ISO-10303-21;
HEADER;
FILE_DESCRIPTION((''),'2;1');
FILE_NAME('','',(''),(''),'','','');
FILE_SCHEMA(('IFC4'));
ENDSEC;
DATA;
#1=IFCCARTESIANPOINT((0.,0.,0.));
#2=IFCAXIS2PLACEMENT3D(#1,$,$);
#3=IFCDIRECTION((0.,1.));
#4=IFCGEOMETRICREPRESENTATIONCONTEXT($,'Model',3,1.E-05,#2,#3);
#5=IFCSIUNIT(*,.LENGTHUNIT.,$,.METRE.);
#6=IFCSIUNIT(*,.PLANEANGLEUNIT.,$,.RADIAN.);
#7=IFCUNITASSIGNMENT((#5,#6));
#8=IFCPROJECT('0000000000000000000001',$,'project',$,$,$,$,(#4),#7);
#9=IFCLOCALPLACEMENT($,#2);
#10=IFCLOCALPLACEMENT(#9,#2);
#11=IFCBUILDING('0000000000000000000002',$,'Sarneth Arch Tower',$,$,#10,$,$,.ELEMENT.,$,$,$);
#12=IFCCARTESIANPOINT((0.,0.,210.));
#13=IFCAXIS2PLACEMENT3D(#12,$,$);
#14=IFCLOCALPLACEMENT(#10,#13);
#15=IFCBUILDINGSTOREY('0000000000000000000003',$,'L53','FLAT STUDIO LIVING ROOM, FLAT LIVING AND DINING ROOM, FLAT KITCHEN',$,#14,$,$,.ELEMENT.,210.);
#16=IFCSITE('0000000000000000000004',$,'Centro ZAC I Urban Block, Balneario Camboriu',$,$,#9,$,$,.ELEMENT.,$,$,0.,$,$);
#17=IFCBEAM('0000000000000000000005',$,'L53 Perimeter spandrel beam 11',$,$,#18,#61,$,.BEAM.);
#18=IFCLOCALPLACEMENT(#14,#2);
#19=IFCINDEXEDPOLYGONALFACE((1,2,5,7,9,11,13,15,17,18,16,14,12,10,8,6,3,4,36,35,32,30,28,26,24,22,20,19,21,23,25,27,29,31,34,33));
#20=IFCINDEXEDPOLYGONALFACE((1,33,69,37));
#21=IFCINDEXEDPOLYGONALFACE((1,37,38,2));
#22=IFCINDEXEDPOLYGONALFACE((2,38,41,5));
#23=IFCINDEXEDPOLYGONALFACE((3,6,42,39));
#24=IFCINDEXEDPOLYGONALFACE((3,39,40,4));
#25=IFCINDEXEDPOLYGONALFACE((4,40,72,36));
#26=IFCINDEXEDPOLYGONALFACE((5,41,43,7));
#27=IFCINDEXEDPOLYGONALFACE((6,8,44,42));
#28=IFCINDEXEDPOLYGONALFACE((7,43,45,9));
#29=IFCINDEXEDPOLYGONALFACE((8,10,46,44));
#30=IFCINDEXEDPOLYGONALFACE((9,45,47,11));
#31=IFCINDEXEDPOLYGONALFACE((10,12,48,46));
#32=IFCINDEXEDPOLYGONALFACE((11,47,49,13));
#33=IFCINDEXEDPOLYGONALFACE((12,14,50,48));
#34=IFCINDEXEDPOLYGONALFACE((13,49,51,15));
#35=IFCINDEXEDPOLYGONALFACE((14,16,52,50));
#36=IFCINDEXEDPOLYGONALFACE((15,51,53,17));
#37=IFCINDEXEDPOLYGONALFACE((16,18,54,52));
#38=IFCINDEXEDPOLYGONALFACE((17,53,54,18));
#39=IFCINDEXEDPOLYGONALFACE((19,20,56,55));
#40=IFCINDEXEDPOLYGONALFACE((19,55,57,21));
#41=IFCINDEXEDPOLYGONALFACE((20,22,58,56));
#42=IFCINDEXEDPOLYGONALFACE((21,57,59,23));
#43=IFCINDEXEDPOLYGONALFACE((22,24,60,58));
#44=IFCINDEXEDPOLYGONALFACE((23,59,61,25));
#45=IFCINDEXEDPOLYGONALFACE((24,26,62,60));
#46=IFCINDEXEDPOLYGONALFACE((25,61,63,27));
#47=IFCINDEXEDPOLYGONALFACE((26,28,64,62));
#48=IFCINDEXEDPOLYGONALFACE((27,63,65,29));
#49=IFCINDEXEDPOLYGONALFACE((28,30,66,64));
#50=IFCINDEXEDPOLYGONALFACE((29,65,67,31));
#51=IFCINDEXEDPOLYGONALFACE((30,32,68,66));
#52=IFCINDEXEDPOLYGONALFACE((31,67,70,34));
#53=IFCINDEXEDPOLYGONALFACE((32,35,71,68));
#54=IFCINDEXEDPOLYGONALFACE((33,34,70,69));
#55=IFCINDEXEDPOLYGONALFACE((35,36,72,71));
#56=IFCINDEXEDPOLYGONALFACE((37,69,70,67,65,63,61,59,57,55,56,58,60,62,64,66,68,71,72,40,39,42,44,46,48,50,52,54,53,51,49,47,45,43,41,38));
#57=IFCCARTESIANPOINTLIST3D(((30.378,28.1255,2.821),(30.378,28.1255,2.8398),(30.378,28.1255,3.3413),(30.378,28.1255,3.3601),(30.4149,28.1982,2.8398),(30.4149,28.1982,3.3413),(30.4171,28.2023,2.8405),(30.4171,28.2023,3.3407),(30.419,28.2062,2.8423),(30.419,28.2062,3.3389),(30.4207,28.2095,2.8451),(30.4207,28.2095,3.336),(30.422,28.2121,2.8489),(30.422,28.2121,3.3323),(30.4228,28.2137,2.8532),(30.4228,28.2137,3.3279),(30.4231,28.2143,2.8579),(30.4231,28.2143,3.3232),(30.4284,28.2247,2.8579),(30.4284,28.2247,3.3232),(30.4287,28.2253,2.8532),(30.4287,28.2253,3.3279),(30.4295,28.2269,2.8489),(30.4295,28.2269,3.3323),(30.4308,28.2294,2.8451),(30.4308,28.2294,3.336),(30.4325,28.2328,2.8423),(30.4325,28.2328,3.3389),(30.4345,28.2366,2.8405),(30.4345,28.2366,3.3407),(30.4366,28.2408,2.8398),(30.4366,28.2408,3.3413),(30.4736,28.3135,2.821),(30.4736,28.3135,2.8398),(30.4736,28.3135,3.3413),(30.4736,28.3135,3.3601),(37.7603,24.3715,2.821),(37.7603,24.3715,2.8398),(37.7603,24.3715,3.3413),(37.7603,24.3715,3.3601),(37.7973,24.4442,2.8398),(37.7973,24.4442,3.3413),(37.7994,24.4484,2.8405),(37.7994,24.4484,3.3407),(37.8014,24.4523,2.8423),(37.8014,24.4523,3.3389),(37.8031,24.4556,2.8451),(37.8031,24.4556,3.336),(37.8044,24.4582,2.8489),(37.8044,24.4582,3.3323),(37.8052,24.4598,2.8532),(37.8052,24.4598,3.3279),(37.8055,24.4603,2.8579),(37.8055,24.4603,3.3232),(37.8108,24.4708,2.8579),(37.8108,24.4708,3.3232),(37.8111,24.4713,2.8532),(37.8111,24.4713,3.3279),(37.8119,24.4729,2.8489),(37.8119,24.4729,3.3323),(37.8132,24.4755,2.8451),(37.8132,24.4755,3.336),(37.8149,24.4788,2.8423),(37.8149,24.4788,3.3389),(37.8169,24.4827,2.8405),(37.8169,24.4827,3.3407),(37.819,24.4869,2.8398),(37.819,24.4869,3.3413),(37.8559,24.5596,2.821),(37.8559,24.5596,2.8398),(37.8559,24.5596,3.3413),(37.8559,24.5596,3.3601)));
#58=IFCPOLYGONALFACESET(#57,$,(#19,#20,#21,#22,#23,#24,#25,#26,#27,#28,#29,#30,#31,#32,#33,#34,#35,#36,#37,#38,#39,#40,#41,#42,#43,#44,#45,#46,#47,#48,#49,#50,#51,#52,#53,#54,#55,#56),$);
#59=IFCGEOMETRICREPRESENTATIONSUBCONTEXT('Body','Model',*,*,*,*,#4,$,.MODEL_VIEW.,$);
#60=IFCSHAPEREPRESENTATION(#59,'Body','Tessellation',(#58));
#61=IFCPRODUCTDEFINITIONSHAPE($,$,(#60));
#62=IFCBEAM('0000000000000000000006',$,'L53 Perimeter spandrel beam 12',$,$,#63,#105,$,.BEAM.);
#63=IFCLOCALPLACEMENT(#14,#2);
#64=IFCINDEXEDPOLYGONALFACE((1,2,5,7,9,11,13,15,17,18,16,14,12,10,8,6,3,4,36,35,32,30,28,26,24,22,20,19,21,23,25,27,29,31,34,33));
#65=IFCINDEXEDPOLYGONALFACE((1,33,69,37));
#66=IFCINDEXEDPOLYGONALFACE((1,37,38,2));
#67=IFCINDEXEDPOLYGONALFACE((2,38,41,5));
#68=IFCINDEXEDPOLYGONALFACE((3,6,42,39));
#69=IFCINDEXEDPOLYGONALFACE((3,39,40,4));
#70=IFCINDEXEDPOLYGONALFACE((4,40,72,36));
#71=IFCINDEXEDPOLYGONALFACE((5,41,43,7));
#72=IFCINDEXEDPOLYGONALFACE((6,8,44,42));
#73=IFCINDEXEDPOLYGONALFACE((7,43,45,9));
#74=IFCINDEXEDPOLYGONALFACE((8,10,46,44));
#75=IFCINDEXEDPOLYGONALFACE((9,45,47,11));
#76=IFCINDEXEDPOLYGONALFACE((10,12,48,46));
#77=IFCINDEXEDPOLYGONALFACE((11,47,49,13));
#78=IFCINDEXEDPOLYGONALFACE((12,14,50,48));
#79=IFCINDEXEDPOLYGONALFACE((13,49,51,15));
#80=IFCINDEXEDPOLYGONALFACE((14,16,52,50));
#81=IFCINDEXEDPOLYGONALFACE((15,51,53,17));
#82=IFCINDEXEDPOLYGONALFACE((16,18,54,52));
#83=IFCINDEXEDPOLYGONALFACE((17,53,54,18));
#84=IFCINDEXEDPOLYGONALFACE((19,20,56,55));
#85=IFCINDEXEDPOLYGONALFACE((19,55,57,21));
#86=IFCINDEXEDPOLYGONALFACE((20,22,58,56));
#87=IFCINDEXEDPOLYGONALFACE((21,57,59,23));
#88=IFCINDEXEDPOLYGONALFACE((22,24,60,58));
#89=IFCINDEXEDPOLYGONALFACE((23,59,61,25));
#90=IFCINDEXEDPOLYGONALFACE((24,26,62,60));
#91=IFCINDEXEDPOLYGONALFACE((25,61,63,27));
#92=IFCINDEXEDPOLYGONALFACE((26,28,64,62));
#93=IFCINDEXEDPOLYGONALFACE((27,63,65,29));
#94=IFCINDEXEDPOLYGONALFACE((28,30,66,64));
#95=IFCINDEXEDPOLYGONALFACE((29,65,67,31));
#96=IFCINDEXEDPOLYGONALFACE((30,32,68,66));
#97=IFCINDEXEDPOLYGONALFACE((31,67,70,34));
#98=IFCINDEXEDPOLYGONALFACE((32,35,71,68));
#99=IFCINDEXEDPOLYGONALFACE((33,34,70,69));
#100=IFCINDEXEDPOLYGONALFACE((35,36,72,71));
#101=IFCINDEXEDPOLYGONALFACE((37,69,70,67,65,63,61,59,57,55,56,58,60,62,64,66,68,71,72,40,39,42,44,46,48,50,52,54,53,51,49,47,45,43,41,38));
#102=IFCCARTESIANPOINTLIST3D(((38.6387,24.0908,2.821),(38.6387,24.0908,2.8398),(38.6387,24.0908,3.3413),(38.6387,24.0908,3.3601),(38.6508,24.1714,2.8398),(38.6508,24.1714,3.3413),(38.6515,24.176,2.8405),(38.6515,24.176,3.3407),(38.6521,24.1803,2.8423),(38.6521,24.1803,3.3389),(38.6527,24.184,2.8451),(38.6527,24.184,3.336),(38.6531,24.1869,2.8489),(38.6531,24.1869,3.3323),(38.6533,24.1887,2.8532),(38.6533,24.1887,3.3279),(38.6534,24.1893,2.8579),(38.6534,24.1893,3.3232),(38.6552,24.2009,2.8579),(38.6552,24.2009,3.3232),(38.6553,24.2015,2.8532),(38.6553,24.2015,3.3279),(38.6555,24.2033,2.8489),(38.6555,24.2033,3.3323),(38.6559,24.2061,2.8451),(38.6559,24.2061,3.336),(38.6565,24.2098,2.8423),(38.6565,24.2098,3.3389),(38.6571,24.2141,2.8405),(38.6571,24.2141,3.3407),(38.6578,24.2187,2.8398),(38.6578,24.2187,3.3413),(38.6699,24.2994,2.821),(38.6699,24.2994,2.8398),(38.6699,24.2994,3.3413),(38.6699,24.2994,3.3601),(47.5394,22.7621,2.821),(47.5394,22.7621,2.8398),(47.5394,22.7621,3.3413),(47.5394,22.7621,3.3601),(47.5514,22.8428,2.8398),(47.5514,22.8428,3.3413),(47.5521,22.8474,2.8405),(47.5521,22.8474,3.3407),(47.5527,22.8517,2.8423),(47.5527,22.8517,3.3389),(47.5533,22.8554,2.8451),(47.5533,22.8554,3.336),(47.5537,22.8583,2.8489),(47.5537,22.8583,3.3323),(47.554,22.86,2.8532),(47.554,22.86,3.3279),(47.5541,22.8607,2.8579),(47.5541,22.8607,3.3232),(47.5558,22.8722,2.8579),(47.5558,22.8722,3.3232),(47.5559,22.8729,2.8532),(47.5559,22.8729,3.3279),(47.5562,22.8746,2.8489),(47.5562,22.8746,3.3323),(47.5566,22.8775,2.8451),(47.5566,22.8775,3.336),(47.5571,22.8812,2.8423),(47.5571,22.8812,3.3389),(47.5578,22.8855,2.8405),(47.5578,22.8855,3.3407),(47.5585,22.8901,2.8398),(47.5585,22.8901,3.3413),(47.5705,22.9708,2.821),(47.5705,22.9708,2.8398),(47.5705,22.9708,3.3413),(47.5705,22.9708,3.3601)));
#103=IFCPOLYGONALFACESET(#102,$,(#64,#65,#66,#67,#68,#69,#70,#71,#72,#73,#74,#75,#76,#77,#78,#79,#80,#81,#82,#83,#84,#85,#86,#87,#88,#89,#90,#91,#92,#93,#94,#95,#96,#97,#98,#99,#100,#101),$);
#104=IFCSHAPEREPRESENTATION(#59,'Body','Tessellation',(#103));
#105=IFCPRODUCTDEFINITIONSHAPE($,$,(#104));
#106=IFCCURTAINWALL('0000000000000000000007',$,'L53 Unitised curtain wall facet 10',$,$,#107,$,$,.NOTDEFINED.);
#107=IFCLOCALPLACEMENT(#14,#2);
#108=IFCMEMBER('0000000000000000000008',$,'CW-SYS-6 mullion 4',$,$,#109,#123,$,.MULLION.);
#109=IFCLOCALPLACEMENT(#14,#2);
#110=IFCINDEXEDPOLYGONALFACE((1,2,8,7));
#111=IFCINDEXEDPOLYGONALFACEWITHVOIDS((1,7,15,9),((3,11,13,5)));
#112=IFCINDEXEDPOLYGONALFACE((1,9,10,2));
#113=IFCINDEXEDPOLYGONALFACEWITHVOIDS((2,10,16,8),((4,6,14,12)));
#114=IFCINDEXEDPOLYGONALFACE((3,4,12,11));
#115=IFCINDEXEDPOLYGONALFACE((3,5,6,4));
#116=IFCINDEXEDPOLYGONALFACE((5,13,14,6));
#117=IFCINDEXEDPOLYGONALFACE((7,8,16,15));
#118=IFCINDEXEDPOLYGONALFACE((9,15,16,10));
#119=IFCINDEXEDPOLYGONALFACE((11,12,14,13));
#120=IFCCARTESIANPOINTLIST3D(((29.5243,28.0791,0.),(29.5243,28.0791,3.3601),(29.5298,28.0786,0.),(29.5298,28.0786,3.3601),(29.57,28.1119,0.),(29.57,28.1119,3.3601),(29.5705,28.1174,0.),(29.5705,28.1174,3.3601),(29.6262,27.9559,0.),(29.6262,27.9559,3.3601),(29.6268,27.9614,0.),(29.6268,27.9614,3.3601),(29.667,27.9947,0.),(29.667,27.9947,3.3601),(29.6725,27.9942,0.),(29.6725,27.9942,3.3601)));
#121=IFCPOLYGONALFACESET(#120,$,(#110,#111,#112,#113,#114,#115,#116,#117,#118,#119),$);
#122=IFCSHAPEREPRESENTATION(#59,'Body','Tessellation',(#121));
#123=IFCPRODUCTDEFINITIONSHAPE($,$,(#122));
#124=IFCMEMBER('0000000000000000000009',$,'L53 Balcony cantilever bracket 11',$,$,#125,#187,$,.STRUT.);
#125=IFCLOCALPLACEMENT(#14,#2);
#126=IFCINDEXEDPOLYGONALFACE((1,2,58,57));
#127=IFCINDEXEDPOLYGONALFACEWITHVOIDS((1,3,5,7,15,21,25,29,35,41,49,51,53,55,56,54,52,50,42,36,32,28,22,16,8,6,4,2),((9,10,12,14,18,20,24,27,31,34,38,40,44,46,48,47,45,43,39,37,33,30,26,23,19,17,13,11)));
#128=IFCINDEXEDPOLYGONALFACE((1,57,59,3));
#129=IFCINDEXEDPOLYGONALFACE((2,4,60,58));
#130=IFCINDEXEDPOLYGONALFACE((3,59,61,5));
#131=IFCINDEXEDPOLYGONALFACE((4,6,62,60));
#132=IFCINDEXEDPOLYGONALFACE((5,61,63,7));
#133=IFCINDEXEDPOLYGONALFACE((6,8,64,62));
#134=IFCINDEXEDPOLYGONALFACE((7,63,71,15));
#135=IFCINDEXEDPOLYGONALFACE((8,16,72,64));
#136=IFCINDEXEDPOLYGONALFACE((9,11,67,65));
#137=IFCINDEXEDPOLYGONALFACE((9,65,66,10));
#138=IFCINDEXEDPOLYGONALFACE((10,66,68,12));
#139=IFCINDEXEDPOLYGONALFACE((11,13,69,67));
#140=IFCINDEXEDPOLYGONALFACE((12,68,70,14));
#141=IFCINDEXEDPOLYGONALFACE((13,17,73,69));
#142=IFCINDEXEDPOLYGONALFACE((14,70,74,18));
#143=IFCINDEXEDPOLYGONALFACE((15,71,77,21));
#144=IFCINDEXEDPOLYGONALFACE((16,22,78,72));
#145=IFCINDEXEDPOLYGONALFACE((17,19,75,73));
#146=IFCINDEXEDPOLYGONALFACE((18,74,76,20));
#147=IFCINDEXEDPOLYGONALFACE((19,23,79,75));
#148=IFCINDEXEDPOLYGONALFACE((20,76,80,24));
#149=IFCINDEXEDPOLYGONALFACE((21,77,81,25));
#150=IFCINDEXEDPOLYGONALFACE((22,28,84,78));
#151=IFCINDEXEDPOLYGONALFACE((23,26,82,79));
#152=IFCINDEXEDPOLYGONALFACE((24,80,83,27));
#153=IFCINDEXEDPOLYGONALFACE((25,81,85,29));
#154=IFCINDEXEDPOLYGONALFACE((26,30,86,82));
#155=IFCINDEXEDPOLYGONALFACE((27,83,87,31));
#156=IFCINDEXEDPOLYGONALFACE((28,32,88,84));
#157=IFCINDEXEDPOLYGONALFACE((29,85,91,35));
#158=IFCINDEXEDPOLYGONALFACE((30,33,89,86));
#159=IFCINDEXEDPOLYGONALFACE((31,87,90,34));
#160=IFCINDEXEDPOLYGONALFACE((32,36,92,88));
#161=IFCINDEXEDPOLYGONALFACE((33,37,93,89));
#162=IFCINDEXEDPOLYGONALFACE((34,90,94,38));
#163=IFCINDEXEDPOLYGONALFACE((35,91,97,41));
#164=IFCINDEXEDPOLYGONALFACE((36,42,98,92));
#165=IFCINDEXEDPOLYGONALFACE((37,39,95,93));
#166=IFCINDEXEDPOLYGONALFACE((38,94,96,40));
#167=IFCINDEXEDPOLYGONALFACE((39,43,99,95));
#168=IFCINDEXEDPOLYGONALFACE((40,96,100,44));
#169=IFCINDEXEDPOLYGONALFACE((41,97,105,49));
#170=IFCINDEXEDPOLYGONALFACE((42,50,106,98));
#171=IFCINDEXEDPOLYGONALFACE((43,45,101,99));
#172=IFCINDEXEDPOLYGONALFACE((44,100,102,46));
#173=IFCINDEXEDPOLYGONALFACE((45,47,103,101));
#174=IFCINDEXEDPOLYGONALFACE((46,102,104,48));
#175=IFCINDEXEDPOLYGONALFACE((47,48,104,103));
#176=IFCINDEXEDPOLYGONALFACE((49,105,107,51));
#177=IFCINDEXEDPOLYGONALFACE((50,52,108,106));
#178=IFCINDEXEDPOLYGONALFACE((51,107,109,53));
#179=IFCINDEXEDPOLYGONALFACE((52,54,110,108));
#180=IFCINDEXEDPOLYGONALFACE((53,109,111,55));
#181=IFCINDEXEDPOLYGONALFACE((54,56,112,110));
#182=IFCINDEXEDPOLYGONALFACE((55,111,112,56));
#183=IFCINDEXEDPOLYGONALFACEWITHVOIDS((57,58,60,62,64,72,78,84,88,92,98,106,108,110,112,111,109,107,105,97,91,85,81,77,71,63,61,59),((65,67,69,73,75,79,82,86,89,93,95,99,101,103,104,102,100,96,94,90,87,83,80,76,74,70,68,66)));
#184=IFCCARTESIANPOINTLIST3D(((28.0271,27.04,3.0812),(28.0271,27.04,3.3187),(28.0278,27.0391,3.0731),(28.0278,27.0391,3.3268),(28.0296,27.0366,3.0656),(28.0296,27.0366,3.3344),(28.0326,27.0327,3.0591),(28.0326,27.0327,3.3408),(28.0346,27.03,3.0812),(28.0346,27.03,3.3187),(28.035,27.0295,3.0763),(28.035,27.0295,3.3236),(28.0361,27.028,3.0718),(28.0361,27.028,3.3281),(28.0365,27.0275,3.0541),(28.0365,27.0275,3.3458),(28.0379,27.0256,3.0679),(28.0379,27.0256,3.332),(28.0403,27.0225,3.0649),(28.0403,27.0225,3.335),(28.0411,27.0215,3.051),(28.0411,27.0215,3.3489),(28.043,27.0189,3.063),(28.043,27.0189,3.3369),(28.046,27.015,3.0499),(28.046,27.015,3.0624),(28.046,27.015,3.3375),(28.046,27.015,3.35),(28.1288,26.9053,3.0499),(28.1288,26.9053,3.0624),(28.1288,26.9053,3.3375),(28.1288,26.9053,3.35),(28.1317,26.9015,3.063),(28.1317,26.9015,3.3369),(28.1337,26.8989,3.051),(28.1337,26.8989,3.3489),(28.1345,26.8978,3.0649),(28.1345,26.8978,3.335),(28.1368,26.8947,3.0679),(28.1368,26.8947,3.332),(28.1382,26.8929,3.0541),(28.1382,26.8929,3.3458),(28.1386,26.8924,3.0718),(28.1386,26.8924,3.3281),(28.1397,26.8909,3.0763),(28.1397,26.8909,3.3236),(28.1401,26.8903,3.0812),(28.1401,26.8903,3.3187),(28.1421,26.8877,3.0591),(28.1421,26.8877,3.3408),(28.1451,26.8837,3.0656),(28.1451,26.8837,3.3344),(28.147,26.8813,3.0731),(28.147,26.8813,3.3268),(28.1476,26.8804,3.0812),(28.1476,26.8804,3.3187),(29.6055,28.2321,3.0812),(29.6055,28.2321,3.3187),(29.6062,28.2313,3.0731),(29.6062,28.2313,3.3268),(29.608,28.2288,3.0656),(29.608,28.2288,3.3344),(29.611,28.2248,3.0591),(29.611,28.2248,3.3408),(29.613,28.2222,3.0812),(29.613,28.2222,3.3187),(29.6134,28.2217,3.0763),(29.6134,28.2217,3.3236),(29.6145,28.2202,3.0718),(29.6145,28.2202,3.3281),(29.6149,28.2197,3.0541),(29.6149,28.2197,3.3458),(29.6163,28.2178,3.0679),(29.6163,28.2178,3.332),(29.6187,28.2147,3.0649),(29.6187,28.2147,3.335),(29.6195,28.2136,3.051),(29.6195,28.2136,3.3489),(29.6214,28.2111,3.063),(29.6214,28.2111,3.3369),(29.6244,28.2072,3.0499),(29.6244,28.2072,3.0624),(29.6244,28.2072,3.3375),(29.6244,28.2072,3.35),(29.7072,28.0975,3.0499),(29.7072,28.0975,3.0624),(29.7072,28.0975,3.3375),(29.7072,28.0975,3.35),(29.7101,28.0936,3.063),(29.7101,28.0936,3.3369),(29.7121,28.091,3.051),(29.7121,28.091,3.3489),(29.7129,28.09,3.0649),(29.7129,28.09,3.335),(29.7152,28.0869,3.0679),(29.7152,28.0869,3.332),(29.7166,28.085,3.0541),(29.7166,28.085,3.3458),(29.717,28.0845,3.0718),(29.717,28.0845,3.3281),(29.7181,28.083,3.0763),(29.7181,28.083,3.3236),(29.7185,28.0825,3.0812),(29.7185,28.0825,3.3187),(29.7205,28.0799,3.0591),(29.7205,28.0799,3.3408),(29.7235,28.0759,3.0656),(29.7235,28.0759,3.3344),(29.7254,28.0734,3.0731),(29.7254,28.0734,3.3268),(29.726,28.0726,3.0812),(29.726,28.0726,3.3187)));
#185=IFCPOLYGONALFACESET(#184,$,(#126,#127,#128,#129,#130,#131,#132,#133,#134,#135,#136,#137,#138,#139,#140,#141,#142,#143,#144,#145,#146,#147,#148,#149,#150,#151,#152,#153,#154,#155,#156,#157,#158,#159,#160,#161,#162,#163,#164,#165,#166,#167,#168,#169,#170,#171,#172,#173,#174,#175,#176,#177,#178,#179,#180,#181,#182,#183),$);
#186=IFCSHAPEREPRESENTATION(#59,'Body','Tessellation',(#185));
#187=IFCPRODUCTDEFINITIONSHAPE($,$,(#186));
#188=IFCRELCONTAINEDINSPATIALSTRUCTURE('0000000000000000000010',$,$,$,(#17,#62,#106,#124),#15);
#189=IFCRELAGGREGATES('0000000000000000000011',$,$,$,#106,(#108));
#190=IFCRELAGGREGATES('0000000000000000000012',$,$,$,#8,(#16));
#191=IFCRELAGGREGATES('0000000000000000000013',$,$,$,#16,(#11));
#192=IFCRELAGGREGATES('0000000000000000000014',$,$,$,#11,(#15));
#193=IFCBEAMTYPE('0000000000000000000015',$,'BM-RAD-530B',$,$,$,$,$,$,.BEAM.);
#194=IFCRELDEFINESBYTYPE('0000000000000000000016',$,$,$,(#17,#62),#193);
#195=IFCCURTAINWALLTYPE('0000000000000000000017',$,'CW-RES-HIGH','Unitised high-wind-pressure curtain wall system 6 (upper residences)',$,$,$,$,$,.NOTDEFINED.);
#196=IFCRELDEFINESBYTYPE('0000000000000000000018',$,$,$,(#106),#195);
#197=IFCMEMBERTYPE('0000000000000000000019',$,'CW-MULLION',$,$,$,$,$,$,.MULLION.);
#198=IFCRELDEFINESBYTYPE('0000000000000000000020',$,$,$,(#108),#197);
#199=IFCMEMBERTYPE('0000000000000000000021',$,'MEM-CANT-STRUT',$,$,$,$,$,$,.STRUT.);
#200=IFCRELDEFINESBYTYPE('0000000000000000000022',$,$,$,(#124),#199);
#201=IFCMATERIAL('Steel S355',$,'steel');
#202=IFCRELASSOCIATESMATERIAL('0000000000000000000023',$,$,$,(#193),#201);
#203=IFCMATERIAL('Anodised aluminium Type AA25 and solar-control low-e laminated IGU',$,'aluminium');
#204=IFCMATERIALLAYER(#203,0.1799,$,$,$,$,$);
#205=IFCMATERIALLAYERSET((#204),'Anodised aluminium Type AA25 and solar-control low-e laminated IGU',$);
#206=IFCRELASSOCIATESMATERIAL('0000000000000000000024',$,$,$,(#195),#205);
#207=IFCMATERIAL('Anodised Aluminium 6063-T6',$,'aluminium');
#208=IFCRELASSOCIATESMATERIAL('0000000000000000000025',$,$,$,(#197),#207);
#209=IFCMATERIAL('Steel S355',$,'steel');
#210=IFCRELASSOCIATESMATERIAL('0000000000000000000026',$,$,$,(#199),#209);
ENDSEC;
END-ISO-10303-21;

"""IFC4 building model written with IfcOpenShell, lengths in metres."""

from ifc_helpers import new_model, si_unit, direction, frame, origin, origin_2d, place, context, subcontext, project, spatial, hollow_rectangle, i_section, extrude, material, layer, layer_set, material_profile, profile_set, type_object, element, aggregate, save


model = new_model("IFC4")

# Units and contexts
model_context = context("Model", 3, precision=1e-05, world=origin(), true_north=direction((0.0, 1.0)))
body_context = subcontext(model_context, "Body", "Model", "MODEL_VIEW")
ifc_project = project(units=[si_unit("LENGTHUNIT", "METRE"), si_unit("PLANEANGLEUNIT", "RADIAN")], contexts=[model_context])

# Site, building, storey
site_placement = place(None, origin())
site = spatial("IfcSite", under=ifc_project, at=site_placement, Name="Centro ZAC I Urban Block, Balneario Camboriu", CompositionType="ELEMENT", RefElevation=0.0)
building_placement = place(site_placement, origin())
building = spatial("IfcBuilding", under=site, at=building_placement, Name="Sarneth Arch Tower", CompositionType="ELEMENT")
storey_placement = place(building_placement, frame((0.0, 0.0, 210.0)))
storey = spatial("IfcBuildingStorey", under=building, at=storey_placement, Name="L53", Description="FLAT STUDIO LIVING ROOM, FLAT LIVING AND DINING ROOM, FLAT KITCHEN", CompositionType="ELEMENT", Elevation=210.0)

# Beams
ifc_material_1 = material(Name="Steel S355", Category="steel")
ifc_material_profile_1 = material_profile(ifc_material_1, i_section(OverallWidth=0.2109, OverallDepth=0.5391, WebThickness=0.0117, FlangeThickness=0.0188, FilletRadius=0.0181, at=origin_2d()), Name="W530x109")
ifc_profile_set_1 = profile_set([ifc_material_profile_1], Name="Steel S355")
beam_type_1 = type_object("IfcBeamType", Name="BM-RAD-530B", PredefinedType="BEAM", material=ifc_profile_set_1)
beam_1_placement = place(storey_placement, frame((30.4258, 28.2195, 3.0906), z_axis=(0.891376, -0.453264, 0.0), x_axis=(0.453264, 0.891376, 0.0)))
element("IfcBeam", 1, at=beam_1_placement, inside=storey, type_object=beam_type_1, Name="L53 Perimeter spandrel beam 11", PredefinedType="BEAM", context=body_context, shape_type="SweptSolid", body=[
    extrude(i_section(OverallWidth=0.2109, OverallDepth=0.5391, WebThickness=0.0117, FlangeThickness=0.0188, FilletRadius=0.0181, at=origin_2d()), origin(), (0.0, 0.0, 1.0), 8.282),
])
beam_2_placement = place(storey_placement, frame((38.6543, 24.1951, 3.0906), z_axis=(0.989042, -0.147636, 0.0), x_axis=(0.147636, 0.989042, 0.0)))
element("IfcBeam", 2, at=beam_2_placement, inside=storey, type_object=beam_type_1, Name="L53 Perimeter spandrel beam 12", PredefinedType="BEAM", context=body_context, shape_type="SweptSolid", body=[
    extrude(i_section(OverallWidth=0.2109, OverallDepth=0.5391, WebThickness=0.0117, FlangeThickness=0.0188, FilletRadius=0.0181, at=origin_2d()), origin(), (0.0, 0.0, 1.0), 8.9993),
])

# Curtain wall, member
ifc_material_2 = material(Name="Anodised aluminium Type AA25 and solar-control low-e laminated IGU", Category="aluminium")
ifc_layer_1 = layer(ifc_material_2, 0.1799)
ifc_layer_set_1 = layer_set([ifc_layer_1], Name="Anodised aluminium Type AA25 and solar-control low-e laminated IGU")
curtain_wall_type = type_object("IfcCurtainWallType", Name="CW-RES-HIGH", Description="Unitised high-wind-pressure curtain wall system 6 (upper residences)", PredefinedType="NOTDEFINED", material=ifc_layer_set_1)
curtain_wall_placement = place(storey_placement, origin())
curtain_wall = element("IfcCurtainWall", 3, at=curtain_wall_placement, inside=storey, type_object=curtain_wall_type, Name="L53 Unitised curtain wall facet 10", PredefinedType="NOTDEFINED")
ifc_material_3 = material(Name="Anodised Aluminium 6063-T6", Category="aluminium")
ifc_material_profile_2 = material_profile(ifc_material_3, hollow_rectangle(XDim=0.0601, YDim=0.1599, WallThickness=0.0039, at=origin_2d()), Name="AL-MULL-160x60x4")
ifc_profile_set_2 = profile_set([ifc_material_profile_2], Name="Anodised Aluminium 6063-T6")
member_type_1 = type_object("IfcMemberType", Name="CW-MULLION", PredefinedType="MULLION", material=ifc_profile_set_2)
member_1_placement = place(storey_placement, frame((29.5984, 28.0366, 0.0), z_axis=(0.0, 0.0, 1.0), x_axis=(0.770359, 0.63761, 0.0)))
member_1 = element("IfcMember", 4, at=member_1_placement, type_object=member_type_1, Name="CW-SYS-6 mullion 4", PredefinedType="MULLION", context=body_context, shape_type="SweptSolid", body=[
    extrude(hollow_rectangle(XDim=0.0601, YDim=0.1599, WallThickness=0.0039, at=origin_2d()), origin(), (0.0, 0.0, 1.0), 3.3601),
])
aggregate(curtain_wall, [member_1])

# Member
ifc_material_4 = material(Name="Steel S355", Category="steel")
ifc_material_profile_3 = material_profile(ifc_material_4, hollow_rectangle(XDim=0.2, YDim=0.3, WallThickness=0.0125, InnerFilletRadius=0.0188, OuterFilletRadius=0.0312, at=origin_2d()), Name="RHS300x200x12.5")
ifc_profile_set_3 = profile_set([ifc_material_profile_3], Name="Steel S355")
member_type_2 = type_object("IfcMemberType", Name="MEM-CANT-STRUT", PredefinedType="STRUT", material=ifc_profile_set_3)
member_2_placement = place(storey_placement, frame((29.6658, 28.1523, 3.2), z_axis=(-0.797966, -0.602702, 0.0), x_axis=(0.602702, -0.797966, 0.0)))
element("IfcMember", 5, at=member_2_placement, inside=storey, type_object=member_type_2, Name="L53 Balcony cantilever bracket 11", PredefinedType="STRUT", context=body_context, shape_type="SweptSolid", body=[
    extrude(hollow_rectangle(XDim=0.2, YDim=0.3, WallThickness=0.0125, InnerFilletRadius=0.0188, OuterFilletRadius=0.0312, at=origin_2d()), origin(), (0.0, 0.0, 1.0), 1.978),
])

save(model, "model.ifc")
